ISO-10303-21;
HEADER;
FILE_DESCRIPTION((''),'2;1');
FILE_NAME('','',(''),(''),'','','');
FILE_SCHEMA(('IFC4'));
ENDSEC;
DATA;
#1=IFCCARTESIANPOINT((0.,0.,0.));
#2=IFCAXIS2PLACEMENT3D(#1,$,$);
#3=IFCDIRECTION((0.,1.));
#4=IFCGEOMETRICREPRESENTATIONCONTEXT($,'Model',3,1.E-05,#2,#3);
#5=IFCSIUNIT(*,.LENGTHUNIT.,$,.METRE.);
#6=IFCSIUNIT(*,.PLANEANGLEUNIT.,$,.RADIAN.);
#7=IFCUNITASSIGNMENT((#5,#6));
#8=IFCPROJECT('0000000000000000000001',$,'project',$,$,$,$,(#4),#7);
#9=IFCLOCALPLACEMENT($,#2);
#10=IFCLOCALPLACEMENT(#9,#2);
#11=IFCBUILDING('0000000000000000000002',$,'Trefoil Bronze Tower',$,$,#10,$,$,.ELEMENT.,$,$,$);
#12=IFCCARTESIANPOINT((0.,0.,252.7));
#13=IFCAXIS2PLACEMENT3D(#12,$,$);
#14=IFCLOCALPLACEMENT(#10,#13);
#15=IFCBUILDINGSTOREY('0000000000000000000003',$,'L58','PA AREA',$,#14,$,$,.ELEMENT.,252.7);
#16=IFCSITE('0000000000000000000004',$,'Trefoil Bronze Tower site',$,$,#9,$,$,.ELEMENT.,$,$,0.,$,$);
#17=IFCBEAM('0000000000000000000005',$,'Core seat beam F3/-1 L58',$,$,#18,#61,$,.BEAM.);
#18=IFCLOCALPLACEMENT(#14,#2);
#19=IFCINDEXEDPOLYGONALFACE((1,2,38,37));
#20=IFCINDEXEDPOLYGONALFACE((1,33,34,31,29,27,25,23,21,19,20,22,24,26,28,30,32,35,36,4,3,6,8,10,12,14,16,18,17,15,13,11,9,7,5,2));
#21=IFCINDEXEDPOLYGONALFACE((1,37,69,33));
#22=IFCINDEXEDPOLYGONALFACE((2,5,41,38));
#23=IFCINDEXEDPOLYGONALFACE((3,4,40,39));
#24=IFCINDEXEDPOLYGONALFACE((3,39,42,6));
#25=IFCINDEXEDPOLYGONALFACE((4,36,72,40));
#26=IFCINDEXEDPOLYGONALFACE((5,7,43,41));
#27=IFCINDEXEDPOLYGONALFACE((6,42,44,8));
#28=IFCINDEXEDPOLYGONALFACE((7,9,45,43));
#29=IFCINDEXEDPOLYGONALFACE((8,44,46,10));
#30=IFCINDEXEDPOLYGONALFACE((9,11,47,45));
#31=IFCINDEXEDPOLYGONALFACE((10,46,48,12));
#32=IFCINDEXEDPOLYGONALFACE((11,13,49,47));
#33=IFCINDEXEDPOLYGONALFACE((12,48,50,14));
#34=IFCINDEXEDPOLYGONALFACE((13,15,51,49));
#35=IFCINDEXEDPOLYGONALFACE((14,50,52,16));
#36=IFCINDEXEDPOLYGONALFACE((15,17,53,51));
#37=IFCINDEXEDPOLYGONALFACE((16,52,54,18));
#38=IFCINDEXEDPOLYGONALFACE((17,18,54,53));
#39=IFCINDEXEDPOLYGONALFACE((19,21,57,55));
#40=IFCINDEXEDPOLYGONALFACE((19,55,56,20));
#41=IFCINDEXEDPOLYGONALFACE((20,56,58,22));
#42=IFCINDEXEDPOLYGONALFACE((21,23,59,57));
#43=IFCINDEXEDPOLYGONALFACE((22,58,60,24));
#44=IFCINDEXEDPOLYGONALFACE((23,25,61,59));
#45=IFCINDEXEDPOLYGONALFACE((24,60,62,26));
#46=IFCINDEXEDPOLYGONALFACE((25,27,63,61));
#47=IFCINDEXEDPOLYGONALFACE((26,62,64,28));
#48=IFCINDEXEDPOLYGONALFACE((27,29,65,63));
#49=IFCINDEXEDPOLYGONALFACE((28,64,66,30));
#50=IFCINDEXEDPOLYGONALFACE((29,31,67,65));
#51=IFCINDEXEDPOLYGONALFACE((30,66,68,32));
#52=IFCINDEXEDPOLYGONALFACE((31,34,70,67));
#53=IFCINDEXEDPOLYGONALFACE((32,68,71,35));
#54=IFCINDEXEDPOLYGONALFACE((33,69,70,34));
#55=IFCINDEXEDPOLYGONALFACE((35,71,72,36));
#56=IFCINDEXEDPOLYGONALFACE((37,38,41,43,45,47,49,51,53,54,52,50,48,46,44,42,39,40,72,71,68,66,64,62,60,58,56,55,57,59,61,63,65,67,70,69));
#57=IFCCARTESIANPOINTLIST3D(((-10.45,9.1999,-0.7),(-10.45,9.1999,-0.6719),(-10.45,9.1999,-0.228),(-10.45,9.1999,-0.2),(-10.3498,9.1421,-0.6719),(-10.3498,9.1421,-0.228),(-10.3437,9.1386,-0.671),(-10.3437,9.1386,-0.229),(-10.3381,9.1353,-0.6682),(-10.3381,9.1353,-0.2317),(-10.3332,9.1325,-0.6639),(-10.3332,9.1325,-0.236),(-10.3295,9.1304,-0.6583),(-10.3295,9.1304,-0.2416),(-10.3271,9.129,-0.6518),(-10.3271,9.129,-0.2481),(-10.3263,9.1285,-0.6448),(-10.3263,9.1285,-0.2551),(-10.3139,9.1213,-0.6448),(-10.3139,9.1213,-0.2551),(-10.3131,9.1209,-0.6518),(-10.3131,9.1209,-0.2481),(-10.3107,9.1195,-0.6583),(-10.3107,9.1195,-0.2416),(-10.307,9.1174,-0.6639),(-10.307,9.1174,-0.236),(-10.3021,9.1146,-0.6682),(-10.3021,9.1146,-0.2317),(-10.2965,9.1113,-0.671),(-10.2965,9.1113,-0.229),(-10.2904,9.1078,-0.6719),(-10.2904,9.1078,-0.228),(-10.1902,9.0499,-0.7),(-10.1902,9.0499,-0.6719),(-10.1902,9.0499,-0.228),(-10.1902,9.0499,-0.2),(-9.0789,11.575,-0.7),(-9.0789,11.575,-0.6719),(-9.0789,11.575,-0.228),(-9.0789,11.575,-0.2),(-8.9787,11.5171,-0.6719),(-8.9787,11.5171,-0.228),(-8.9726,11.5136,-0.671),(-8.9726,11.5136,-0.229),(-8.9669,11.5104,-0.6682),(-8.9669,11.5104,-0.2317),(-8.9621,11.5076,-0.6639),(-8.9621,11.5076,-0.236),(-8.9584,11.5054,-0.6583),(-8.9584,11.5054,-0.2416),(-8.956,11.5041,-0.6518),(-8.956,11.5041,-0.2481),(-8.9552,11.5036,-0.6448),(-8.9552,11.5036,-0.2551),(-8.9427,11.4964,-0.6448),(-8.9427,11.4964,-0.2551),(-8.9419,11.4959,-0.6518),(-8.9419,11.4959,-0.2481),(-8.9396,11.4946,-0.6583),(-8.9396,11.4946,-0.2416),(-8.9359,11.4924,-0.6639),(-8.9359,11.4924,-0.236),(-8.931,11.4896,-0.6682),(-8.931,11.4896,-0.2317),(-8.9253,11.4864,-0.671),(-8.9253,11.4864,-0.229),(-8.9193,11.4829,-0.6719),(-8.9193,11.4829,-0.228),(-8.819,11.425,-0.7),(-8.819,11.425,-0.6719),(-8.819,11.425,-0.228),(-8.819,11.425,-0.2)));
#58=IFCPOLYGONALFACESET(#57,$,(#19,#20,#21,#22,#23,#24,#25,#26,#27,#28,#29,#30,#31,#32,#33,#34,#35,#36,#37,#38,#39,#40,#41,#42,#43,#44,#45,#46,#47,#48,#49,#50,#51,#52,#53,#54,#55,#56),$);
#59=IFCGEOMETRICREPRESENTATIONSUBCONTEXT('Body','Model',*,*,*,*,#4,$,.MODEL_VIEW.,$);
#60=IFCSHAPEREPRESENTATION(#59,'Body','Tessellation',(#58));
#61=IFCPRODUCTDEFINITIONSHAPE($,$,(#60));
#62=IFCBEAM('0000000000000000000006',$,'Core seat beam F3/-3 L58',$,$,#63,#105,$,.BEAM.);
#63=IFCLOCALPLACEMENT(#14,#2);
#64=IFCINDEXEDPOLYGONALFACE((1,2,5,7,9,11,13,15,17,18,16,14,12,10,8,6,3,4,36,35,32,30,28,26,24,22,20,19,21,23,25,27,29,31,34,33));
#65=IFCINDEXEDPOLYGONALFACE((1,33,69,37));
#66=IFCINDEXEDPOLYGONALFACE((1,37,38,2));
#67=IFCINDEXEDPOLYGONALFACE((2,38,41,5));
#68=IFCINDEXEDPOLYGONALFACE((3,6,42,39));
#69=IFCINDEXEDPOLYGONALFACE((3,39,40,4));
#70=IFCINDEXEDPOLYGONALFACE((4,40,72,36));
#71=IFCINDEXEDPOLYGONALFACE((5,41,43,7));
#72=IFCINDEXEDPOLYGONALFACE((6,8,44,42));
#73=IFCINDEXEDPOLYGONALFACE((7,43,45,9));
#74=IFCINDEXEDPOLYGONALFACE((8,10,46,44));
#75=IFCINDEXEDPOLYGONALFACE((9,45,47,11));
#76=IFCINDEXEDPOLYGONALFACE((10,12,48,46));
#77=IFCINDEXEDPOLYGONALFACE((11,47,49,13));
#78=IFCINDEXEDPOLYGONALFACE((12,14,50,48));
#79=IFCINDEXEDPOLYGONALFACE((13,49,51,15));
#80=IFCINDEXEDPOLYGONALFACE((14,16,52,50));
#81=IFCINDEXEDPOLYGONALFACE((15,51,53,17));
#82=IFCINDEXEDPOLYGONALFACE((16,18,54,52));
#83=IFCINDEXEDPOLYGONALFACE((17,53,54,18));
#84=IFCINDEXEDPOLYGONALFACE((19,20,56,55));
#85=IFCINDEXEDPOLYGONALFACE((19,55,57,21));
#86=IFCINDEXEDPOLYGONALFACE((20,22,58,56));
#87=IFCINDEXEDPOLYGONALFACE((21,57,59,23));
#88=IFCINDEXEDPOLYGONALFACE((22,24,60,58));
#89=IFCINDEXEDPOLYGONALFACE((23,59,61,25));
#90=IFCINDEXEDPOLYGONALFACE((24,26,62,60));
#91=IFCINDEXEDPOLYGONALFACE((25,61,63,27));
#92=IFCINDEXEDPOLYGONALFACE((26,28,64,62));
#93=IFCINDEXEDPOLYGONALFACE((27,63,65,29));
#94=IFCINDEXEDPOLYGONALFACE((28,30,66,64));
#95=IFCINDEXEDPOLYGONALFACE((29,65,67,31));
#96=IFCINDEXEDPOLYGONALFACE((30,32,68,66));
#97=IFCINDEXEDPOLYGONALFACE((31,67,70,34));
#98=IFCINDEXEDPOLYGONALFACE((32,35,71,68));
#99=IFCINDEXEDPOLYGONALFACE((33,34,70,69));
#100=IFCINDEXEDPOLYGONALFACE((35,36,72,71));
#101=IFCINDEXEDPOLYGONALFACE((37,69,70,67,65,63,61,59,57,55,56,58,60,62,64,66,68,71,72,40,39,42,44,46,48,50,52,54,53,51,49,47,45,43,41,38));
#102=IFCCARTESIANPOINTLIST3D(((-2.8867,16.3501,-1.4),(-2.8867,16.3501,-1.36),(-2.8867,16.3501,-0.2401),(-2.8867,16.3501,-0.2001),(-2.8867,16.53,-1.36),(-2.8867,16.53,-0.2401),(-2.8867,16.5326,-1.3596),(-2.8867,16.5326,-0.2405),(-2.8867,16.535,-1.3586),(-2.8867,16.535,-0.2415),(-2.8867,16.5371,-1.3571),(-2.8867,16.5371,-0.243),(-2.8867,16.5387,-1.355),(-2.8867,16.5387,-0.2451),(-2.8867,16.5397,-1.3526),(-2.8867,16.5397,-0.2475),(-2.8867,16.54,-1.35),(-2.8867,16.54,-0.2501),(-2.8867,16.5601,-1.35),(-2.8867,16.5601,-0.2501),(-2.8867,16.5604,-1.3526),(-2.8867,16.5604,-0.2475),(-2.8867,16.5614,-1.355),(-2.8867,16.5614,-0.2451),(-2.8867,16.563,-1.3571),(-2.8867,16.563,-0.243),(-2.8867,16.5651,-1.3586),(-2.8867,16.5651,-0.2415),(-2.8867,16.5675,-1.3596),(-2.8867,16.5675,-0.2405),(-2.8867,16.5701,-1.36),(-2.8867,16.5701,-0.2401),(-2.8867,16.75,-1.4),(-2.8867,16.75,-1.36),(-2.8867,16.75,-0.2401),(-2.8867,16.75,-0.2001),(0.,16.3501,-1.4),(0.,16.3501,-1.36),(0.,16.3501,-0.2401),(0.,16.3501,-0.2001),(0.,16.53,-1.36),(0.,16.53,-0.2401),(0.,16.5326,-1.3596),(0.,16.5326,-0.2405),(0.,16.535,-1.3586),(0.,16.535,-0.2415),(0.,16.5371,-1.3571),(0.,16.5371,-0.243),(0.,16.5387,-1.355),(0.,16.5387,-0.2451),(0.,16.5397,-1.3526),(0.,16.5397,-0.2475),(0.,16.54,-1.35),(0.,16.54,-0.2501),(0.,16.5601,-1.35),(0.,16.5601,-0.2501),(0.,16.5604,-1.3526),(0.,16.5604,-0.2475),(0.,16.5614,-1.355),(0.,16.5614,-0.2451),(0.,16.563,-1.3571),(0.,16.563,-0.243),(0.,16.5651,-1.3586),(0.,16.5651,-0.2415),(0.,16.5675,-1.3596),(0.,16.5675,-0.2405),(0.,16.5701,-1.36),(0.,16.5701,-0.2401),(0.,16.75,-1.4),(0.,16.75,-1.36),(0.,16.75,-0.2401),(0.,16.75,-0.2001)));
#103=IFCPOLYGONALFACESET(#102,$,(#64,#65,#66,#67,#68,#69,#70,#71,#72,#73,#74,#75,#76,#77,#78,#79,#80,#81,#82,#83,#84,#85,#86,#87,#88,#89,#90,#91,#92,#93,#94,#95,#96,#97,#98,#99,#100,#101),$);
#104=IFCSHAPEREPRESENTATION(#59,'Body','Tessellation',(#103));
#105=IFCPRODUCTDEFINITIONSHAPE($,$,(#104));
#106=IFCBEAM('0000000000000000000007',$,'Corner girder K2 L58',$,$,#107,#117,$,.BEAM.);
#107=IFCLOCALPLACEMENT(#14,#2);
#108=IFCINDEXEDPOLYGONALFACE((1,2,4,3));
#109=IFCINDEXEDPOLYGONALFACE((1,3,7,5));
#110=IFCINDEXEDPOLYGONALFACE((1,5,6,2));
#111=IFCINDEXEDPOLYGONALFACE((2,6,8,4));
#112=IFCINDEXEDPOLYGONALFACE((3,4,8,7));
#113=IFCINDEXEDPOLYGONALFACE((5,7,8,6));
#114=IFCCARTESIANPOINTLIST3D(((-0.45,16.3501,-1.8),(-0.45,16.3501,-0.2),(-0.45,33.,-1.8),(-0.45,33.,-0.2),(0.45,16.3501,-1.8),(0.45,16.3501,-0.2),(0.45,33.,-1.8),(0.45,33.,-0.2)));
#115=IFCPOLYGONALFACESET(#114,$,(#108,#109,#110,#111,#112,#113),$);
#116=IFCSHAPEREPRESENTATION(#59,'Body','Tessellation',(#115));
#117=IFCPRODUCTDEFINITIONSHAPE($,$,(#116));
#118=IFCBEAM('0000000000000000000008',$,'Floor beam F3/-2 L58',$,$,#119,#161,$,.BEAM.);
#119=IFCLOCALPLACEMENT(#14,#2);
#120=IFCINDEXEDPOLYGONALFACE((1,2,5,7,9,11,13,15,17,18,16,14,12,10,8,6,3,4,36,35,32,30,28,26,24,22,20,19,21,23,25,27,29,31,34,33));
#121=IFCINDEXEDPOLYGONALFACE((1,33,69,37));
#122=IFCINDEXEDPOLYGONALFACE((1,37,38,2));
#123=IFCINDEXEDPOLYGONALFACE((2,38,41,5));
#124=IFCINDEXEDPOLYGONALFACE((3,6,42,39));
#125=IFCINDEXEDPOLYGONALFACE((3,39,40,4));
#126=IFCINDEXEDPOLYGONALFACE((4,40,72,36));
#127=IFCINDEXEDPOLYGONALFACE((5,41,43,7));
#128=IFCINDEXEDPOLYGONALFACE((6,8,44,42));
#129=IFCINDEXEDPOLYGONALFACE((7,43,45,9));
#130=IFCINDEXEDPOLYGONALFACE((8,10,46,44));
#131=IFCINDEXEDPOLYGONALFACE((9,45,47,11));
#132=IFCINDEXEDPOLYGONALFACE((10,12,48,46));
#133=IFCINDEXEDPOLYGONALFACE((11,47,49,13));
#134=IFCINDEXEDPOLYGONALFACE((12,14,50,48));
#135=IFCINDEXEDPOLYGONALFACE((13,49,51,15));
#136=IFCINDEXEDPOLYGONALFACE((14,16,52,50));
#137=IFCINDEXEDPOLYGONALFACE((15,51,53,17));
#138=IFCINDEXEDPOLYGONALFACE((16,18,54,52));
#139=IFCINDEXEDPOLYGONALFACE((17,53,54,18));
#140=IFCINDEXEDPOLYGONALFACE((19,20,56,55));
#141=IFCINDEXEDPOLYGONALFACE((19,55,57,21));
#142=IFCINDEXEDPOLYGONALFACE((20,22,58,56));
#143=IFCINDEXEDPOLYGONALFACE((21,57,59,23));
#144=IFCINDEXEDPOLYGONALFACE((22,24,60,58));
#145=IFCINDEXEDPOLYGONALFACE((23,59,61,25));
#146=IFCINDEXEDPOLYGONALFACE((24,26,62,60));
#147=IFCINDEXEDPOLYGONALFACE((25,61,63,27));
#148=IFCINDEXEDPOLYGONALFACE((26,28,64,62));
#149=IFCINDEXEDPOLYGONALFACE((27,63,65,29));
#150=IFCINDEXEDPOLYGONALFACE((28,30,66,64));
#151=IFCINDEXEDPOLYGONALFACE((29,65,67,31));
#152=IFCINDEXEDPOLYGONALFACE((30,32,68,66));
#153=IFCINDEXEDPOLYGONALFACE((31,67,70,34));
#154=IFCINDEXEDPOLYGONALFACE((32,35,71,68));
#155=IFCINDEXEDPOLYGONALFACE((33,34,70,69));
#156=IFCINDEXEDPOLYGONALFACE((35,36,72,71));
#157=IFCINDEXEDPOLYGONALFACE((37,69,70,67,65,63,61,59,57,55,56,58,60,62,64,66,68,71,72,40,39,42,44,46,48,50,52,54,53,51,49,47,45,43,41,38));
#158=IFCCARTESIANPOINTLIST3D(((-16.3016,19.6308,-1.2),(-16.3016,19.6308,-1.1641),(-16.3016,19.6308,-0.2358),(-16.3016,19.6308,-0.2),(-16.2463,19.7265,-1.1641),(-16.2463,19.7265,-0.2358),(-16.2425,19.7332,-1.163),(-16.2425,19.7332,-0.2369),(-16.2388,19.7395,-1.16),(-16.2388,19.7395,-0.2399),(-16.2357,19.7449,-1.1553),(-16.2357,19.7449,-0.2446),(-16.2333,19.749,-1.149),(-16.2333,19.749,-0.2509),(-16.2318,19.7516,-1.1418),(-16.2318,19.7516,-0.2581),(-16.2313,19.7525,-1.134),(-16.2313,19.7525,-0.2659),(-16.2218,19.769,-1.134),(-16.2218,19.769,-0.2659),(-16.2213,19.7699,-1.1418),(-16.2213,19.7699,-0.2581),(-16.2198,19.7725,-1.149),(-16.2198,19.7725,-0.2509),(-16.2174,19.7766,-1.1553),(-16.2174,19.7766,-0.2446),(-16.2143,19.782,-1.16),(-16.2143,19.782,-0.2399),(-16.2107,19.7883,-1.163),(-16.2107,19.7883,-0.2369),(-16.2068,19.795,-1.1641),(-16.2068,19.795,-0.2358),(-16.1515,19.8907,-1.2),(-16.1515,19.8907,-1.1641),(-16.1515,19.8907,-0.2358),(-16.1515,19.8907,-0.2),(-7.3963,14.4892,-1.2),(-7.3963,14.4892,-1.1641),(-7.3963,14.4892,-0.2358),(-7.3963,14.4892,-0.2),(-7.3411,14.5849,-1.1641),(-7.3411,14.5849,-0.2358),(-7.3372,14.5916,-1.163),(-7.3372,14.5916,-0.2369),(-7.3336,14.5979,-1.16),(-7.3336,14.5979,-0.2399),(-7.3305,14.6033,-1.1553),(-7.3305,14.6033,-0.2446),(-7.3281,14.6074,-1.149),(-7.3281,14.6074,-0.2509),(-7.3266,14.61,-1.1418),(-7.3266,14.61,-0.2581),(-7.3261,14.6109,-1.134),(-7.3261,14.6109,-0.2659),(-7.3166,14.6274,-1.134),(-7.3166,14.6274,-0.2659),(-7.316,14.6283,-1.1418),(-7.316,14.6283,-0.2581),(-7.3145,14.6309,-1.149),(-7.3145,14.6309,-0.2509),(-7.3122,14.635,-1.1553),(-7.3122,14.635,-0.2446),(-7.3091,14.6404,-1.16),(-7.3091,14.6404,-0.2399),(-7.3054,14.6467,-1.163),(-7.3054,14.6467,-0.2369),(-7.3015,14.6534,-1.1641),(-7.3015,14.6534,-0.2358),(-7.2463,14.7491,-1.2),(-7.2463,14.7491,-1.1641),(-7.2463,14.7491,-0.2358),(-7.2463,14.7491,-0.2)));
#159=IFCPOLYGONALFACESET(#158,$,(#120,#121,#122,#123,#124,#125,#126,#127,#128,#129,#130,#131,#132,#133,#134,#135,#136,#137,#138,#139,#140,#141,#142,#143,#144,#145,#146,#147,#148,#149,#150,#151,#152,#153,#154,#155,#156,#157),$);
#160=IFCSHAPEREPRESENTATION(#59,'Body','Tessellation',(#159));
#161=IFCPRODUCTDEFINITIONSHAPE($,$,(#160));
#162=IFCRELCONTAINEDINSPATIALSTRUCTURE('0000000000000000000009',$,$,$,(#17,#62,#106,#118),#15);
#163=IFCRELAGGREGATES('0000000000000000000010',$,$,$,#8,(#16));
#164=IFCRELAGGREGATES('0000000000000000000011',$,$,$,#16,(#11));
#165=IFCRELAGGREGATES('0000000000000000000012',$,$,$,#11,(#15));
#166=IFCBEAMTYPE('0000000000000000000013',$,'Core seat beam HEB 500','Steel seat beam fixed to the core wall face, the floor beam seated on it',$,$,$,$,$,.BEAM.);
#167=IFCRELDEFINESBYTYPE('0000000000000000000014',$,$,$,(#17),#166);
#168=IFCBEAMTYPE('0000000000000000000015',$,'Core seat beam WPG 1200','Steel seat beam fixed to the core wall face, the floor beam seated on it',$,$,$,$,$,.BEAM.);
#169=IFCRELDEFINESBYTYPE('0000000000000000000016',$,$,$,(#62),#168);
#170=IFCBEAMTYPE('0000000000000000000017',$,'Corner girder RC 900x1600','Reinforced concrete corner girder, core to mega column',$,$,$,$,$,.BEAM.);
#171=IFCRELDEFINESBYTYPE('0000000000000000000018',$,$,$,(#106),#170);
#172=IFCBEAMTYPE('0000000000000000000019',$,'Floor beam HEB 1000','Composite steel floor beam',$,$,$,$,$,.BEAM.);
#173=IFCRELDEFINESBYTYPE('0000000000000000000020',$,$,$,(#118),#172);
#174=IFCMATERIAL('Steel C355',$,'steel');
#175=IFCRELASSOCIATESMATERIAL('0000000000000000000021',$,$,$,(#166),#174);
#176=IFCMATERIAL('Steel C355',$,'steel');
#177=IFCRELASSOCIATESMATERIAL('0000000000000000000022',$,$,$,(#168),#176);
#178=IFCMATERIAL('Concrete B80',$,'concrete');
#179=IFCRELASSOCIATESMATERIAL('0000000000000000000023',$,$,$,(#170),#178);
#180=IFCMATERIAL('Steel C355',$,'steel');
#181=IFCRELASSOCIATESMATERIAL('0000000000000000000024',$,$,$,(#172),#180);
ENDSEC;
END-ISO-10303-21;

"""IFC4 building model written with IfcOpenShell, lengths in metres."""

from ifc_helpers import new_model, si_unit, direction, frame, origin, origin_2d, place, context, subcontext, project, spatial, rectangle, i_section, extrude, material, material_profile, profile_set, type_object, element, save


model = new_model("IFC4")

# Units and contexts
model_context = context("Model", 3, precision=1e-05, world=origin(), true_north=direction((0.0, 1.0)))
body_context = subcontext(model_context, "Body", "Model", "MODEL_VIEW")
ifc_project = project(units=[si_unit("LENGTHUNIT", "METRE"), si_unit("PLANEANGLEUNIT", "RADIAN")], contexts=[model_context])

# Site, building, storey
site_placement = place(None, origin())
site = spatial("IfcSite", under=ifc_project, at=site_placement, Name="Trefoil Bronze Tower site", CompositionType="ELEMENT", RefElevation=0.0)
building_placement = place(site_placement, origin())
building = spatial("IfcBuilding", under=site, at=building_placement, Name="Trefoil Bronze Tower", CompositionType="ELEMENT")
storey_placement = place(building_placement, frame((0.0, 0.0, 252.7)))
storey = spatial("IfcBuildingStorey", under=building, at=storey_placement, Name="L58", Description="PA AREA", CompositionType="ELEMENT", Elevation=252.7)

# Beams
ifc_material_1 = material(Name="Steel C355", Category="steel")
ifc_material_profile_1 = material_profile(ifc_material_1, i_section(OverallWidth=0.3, OverallDepth=0.5, WebThickness=0.0144, FlangeThickness=0.0281, FilletRadius=0.0271, at=origin_2d()), Name="HEB 500")
ifc_profile_set_1 = profile_set([ifc_material_profile_1], Name="Steel C355")
beam_type_1 = type_object("IfcBeamType", Name="Core seat beam HEB 500", Description="Steel seat beam fixed to the core wall face, the floor beam seated on it", PredefinedType="BEAM", material=ifc_profile_set_1)
for number, where, z_axis, x_axis, name in (
    (1, (-8.949, 11.5, -0.45), (-0.499969, -0.866043, 0.0), (0.866043, -0.499969, 0.0), "Core seat beam F3/-1 L58"),
):
    element("IfcBeam", number, at=place(storey_placement, frame(where, z_axis=z_axis, x_axis=x_axis)), inside=storey, type_object=beam_type_1, Name=name, PredefinedType="BEAM", context=body_context, shape_type="SweptSolid", body=[
        extrude(i_section(OverallWidth=0.3, OverallDepth=0.5, WebThickness=0.0144, FlangeThickness=0.0281, FilletRadius=0.0271, at=origin_2d()), origin(), (0.0, 0.0, 1.0), 2.7424),
    ])
ifc_material_2 = material(Name="Steel C355", Category="steel")
ifc_material_profile_2 = material_profile(ifc_material_2, i_section(OverallWidth=0.3999, OverallDepth=1.2, WebThickness=0.02, FlangeThickness=0.04, FilletRadius=0.01, at=origin_2d()), Name="WPG 1200")
ifc_profile_set_2 = profile_set([ifc_material_profile_2], Name="Steel C355")
beam_type_2 = type_object("IfcBeamType", Name="Core seat beam WPG 1200", Description="Steel seat beam fixed to the core wall face, the floor beam seated on it", PredefinedType="BEAM", material=ifc_profile_set_2)
beam_1_placement = place(storey_placement, frame((0.0, 16.55, -0.8), z_axis=(-1.0, 0.0, 0.0), x_axis=(0.0, -1.0, 0.0)))
element("IfcBeam", 2, at=beam_1_placement, inside=storey, type_object=beam_type_2, Name="Core seat beam F3/-3 L58", PredefinedType="BEAM", context=body_context, shape_type="SweptSolid", body=[
    extrude(i_section(OverallWidth=0.3999, OverallDepth=1.2, WebThickness=0.02, FlangeThickness=0.04, FilletRadius=0.01, at=origin_2d()), origin(), (0.0, 0.0, 1.0), 2.8867),
])
ifc_material_3 = material(Name="Concrete B80", Category="concrete")
ifc_material_profile_3 = material_profile(ifc_material_3, rectangle(XDim=0.8999, YDim=1.6001, at=origin_2d()), Name="RC 900x1600")
ifc_profile_set_3 = profile_set([ifc_material_profile_3], Name="Concrete B80")
beam_type_3 = type_object("IfcBeamType", Name="Corner girder RC 900x1600", Description="Reinforced concrete corner girder, core to mega column", PredefinedType="BEAM", material=ifc_profile_set_3)
beam_2_placement = place(storey_placement, frame((0.0, 16.3501, -1.0), z_axis=(0.0, 1.0, 0.0), x_axis=(-1.0, 0.0, 0.0)))
element("IfcBeam", 3, at=beam_2_placement, inside=storey, type_object=beam_type_3, Name="Corner girder K2 L58", PredefinedType="BEAM", context=body_context, shape_type="SweptSolid", body=[
    extrude(rectangle(XDim=0.8999, YDim=1.6001, at=origin_2d()), origin(), (0.0, 0.0, 1.0), 16.6499),
])
ifc_material_4 = material(Name="Steel C355", Category="steel")
ifc_material_profile_4 = material_profile(ifc_material_4, i_section(OverallWidth=0.3, OverallDepth=1.0, WebThickness=0.019, FlangeThickness=0.0359, FilletRadius=0.03, at=origin_2d()), Name="HEB 1000")
ifc_profile_set_4 = profile_set([ifc_material_profile_4], Name="Steel C355")
beam_type_4 = type_object("IfcBeamType", Name="Floor beam HEB 1000", Description="Composite steel floor beam", PredefinedType="BEAM", material=ifc_profile_set_4)
beam_3_placement = place(storey_placement, frame((-16.2266, 19.7607, -0.7), z_axis=(0.86602, -0.50001, 0.0), x_axis=(0.50001, 0.86602, 0.0)))
element("IfcBeam", 4, at=beam_3_placement, inside=storey, type_object=beam_type_4, Name="Floor beam F3/-2 L58", PredefinedType="BEAM", context=body_context, shape_type="SweptSolid", body=[
    extrude(i_section(OverallWidth=0.3, OverallDepth=1.0, WebThickness=0.019, FlangeThickness=0.0359, FilletRadius=0.03, at=origin_2d()), origin(), (0.0, 0.0, 1.0), 10.283),
])

save(model, "model.ifc")
